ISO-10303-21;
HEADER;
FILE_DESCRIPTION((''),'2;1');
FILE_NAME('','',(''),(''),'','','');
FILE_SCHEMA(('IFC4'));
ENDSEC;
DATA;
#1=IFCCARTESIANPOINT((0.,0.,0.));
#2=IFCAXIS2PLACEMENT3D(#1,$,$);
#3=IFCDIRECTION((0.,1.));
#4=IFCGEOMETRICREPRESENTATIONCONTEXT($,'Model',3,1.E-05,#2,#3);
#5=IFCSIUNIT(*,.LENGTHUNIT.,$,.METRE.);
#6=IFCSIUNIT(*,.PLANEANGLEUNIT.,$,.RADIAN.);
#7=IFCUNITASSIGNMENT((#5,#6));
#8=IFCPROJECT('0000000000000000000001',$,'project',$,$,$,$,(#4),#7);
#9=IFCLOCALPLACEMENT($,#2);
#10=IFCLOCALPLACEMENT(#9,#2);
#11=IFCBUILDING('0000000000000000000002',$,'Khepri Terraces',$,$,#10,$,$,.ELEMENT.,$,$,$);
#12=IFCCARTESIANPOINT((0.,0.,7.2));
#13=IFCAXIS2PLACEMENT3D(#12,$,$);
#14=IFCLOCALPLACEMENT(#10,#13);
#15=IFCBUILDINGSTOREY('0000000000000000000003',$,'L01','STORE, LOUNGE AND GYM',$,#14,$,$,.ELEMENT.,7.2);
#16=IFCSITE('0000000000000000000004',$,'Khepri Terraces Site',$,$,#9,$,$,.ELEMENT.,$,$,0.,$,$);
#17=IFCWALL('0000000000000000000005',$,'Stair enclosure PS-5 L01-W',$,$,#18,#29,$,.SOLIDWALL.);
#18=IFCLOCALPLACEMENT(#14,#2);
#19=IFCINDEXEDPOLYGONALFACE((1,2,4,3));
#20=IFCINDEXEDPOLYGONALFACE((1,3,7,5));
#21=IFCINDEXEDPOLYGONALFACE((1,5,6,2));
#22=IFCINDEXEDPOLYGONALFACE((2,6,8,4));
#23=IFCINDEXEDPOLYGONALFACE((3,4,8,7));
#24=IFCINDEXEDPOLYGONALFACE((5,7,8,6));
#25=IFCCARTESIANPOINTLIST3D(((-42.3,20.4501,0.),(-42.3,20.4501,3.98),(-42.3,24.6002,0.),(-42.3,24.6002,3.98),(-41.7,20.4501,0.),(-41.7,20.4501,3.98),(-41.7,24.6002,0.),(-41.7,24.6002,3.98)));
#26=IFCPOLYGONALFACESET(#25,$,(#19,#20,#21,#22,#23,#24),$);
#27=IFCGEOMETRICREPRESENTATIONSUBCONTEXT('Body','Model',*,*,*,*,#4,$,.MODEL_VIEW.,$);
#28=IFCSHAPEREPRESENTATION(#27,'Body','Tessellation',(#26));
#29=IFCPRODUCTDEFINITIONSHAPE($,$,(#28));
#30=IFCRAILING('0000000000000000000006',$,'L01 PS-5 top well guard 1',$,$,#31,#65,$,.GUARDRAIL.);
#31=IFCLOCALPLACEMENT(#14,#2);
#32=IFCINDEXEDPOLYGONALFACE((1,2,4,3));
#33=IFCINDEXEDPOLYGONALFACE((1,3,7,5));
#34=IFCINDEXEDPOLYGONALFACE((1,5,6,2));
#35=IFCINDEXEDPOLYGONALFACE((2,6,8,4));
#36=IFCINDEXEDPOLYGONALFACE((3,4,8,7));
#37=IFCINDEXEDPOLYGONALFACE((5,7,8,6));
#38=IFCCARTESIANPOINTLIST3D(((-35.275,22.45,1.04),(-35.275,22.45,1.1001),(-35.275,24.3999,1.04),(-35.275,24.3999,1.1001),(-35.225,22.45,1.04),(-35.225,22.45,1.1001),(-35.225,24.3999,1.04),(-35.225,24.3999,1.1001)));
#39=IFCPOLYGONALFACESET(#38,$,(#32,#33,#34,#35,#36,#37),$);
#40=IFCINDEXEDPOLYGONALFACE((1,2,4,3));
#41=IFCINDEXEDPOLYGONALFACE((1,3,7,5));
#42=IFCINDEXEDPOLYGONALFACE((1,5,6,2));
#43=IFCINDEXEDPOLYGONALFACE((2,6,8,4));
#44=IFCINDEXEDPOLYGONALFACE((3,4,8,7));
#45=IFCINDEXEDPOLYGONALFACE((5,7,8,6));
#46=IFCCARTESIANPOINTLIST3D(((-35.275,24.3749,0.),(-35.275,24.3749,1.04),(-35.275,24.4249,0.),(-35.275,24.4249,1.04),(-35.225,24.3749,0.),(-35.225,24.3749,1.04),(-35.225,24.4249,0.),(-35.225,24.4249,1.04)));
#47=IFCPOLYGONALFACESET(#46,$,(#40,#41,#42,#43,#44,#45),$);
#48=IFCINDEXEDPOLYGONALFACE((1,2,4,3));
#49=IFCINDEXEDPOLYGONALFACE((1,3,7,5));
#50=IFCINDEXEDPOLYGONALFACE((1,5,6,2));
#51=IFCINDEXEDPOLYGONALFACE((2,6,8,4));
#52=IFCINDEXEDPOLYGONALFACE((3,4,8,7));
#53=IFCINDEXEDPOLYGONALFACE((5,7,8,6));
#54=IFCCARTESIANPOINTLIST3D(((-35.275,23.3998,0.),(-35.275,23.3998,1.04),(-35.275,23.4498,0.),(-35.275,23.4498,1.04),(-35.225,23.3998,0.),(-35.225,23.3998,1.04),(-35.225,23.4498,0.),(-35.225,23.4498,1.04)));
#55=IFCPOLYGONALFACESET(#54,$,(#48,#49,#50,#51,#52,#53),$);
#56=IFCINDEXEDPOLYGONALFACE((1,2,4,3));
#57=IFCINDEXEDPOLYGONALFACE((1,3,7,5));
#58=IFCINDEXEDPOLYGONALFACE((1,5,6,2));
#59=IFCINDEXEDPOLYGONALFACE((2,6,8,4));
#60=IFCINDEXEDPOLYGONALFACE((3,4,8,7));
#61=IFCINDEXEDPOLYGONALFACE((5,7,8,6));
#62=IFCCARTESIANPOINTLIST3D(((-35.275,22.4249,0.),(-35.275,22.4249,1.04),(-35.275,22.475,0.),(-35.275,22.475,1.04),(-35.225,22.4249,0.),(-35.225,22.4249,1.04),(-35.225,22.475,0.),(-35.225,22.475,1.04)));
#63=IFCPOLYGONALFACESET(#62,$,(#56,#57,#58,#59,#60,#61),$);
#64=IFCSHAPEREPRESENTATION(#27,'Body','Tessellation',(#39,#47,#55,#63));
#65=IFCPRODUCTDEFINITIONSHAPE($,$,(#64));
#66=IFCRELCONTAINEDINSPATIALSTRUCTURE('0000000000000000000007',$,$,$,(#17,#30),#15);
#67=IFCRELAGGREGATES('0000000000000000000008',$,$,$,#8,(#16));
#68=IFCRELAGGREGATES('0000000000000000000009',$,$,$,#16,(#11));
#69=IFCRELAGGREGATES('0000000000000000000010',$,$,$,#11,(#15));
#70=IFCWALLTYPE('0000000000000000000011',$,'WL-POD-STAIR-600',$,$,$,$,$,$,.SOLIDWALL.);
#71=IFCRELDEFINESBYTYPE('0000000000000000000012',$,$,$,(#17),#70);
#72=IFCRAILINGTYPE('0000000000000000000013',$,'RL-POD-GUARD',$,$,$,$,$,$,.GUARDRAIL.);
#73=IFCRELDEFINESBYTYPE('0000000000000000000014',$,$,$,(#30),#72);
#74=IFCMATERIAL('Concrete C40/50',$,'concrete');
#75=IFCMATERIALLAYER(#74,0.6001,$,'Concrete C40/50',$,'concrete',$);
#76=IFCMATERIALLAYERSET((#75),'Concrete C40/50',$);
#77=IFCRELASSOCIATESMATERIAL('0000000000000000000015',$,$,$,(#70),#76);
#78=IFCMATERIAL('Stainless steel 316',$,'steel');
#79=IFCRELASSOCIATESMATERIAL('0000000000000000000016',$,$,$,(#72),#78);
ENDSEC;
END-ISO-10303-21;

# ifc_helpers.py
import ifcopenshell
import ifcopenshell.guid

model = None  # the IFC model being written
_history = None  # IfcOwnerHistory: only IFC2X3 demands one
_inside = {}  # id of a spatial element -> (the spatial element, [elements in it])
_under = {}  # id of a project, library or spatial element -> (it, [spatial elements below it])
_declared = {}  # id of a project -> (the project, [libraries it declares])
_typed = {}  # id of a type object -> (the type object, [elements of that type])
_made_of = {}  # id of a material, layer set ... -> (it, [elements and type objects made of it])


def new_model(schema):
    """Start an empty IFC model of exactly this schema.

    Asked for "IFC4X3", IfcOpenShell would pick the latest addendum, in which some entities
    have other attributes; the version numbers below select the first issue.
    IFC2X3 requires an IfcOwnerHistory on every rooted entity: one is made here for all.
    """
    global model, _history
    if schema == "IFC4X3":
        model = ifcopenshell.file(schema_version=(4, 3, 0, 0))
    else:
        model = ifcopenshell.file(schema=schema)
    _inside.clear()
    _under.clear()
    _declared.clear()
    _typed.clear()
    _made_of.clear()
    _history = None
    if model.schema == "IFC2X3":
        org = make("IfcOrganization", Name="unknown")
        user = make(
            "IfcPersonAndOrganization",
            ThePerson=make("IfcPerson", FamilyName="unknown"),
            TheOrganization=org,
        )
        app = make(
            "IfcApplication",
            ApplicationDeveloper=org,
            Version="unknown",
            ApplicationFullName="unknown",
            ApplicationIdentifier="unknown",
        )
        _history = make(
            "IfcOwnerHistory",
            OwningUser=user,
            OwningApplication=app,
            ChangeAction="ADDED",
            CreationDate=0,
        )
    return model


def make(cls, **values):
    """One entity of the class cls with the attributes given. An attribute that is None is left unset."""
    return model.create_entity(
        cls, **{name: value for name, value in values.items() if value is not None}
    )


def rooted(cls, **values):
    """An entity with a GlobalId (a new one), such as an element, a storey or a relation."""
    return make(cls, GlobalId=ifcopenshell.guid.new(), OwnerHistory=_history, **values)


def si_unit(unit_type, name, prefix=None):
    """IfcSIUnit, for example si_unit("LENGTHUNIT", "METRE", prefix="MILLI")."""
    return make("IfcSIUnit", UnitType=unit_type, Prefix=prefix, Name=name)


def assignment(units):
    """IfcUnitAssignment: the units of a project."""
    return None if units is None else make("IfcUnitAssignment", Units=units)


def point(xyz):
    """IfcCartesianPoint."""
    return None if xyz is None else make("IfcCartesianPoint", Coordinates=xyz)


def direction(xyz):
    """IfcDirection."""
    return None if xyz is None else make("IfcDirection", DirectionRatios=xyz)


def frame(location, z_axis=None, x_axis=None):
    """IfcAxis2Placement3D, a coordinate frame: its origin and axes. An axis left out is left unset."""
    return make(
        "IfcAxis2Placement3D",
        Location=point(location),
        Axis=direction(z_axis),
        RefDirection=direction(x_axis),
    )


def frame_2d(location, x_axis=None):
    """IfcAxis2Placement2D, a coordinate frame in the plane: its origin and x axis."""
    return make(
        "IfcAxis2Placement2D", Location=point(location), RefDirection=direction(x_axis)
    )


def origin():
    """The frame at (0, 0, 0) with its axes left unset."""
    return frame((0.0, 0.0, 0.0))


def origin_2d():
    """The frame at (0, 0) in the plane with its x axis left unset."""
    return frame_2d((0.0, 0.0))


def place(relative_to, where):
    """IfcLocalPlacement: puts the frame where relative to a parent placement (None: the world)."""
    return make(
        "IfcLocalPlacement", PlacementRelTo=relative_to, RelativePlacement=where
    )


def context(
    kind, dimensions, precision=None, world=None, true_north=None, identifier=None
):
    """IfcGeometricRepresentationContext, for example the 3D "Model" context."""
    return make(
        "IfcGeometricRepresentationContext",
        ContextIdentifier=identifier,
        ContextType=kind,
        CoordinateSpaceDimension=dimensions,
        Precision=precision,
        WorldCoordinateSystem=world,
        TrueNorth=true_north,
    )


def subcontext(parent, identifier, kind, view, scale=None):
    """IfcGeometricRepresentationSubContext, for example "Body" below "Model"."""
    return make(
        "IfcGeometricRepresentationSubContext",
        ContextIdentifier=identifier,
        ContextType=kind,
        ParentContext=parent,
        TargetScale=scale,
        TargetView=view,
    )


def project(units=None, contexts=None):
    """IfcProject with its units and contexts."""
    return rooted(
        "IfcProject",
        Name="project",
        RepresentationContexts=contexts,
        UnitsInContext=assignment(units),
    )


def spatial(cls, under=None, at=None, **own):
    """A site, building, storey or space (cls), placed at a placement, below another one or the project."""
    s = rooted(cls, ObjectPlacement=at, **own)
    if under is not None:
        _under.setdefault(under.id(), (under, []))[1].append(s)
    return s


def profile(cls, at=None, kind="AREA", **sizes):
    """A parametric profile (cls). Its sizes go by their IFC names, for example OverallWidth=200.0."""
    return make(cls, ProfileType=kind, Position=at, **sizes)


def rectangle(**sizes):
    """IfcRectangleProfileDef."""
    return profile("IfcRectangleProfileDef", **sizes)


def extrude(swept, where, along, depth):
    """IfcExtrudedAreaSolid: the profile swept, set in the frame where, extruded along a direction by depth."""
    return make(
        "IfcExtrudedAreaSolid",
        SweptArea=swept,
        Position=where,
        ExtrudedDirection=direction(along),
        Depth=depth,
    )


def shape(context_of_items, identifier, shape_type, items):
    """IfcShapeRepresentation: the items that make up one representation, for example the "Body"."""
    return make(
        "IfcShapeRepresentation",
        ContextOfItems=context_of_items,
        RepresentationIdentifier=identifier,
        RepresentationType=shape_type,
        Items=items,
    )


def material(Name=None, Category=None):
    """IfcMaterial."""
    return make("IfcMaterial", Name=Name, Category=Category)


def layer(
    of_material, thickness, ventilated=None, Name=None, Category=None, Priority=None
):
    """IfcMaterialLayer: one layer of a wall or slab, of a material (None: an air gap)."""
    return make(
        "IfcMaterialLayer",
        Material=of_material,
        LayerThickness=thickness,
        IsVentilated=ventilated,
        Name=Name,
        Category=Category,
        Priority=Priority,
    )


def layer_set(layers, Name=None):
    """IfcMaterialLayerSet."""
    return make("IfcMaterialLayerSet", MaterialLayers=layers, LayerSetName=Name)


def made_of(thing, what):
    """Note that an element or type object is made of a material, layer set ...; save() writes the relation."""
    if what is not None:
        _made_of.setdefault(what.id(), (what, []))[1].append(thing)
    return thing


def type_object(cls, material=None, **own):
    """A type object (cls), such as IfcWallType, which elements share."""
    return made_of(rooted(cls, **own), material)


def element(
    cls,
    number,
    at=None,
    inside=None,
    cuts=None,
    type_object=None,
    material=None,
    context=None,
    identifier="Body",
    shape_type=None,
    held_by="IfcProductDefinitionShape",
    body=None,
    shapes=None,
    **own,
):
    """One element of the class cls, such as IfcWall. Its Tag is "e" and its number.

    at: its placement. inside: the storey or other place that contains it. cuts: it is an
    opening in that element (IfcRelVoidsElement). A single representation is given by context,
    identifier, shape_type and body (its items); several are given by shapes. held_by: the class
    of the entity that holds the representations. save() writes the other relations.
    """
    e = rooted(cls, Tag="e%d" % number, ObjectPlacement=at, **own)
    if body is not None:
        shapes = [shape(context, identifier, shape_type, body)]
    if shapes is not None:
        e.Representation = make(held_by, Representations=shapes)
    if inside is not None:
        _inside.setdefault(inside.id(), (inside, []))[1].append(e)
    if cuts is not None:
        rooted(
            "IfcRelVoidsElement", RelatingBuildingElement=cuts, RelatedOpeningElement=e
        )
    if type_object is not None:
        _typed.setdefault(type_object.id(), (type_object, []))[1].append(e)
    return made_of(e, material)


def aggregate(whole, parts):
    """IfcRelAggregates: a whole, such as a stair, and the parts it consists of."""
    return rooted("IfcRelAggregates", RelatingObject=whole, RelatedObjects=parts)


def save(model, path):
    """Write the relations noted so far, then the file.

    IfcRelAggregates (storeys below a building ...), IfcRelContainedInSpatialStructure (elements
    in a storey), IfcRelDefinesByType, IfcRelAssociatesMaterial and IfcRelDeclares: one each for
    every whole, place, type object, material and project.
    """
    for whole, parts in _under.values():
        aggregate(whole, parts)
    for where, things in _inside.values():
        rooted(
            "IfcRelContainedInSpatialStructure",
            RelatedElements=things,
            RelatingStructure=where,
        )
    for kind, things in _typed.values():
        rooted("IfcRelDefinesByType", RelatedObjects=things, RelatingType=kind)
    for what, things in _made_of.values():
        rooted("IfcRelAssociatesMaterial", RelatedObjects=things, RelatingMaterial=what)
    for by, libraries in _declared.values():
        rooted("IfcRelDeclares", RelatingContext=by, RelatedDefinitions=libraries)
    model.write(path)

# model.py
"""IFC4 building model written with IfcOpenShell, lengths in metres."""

from ifc_helpers import new_model, si_unit, direction, frame, frame_2d, origin, origin_2d, place, context, subcontext, project, spatial, rectangle, extrude, material, layer, layer_set, type_object, element, save


model = new_model("IFC4")

# Units and contexts
model_context = context("Model", 3, precision=1e-05, world=origin(), true_north=direction((0.0, 1.0)))
body_context = subcontext(model_context, "Body", "Model", "MODEL_VIEW")
ifc_project = project(units=[si_unit("LENGTHUNIT", "METRE"), si_unit("PLANEANGLEUNIT", "RADIAN")], contexts=[model_context])

# Site, building, storey
site_placement = place(None, origin())
site = spatial("IfcSite", under=ifc_project, at=site_placement, Name="Khepri Terraces Site", CompositionType="ELEMENT", RefElevation=0.0)
building_placement = place(site_placement, origin())
building = spatial("IfcBuilding", under=site, at=building_placement, Name="Khepri Terraces", CompositionType="ELEMENT")
storey_placement = place(building_placement, frame((0.0, 0.0, 7.2)))
storey = spatial("IfcBuildingStorey", under=building, at=storey_placement, Name="L01", Description="STORE, LOUNGE AND GYM", CompositionType="ELEMENT", Elevation=7.2)

# Shared definitions
ifc_material_1 = material(Name="Concrete C40/50", Category="concrete")

# Wall
ifc_layer_1 = layer(ifc_material_1, 0.6001, Name="Concrete C40/50", Category="concrete")
ifc_layer_set_1 = layer_set([ifc_layer_1], Name="Concrete C40/50")
wall_type_1 = type_object("IfcWallType", Name="WL-POD-STAIR-600", PredefinedType="SOLIDWALL", material=ifc_layer_set_1)
wall_1_placement = place(storey_placement, frame((-42.0, 20.45, 0.0), z_axis=(0.0, 0.0, 1.0), x_axis=(0.0, 1.0, 0.0)))
element("IfcWall", 1, at=wall_1_placement, inside=storey, type_object=wall_type_1, Name="Stair enclosure PS-5 L01-W", PredefinedType="SOLIDWALL", context=body_context, shape_type="SweptSolid", body=[
    extrude(rectangle(XDim=4.1501, YDim=0.6001, at=frame_2d((2.0752, 0.0))), origin(), (0.0, 0.0, 1.0), 3.98),
])

# Railing
ifc_material_2 = material(Name="Stainless steel 316", Category="steel")
railing_type = type_object("IfcRailingType", Name="RL-POD-GUARD", PredefinedType="GUARDRAIL", material=ifc_material_2)
railing_placement = place(storey_placement, frame((-35.25, 24.3999, 0.0)))
element("IfcRailing", 2, at=railing_placement, inside=storey, type_object=railing_type, Name="L01 PS-5 top well guard 1", PredefinedType="GUARDRAIL", context=body_context, shape_type="SweptSolid", body=[
    extrude(rectangle(XDim=0.05, YDim=0.0601, at=origin_2d()), frame((0.0, 0.0, 1.0701), z_axis=(0.0, -1.0, 0.0), x_axis=(1.0, 0.0, 0.0)), (0.0, 0.0, 1.0), 1.95),
    extrude(rectangle(XDim=0.05, YDim=0.05, at=origin_2d()), origin(), (0.0, 0.0, 1.0), 1.04),
    extrude(rectangle(XDim=0.05, YDim=0.05, at=origin_2d()), frame((0.0, -0.9751, 0.0)), (0.0, 0.0, 1.0), 1.04),
    extrude(rectangle(XDim=0.05, YDim=0.05, at=origin_2d()), frame((0.0, -1.95, 0.0)), (0.0, 0.0, 1.0), 1.04),
])

save(model, "model.ifc")
